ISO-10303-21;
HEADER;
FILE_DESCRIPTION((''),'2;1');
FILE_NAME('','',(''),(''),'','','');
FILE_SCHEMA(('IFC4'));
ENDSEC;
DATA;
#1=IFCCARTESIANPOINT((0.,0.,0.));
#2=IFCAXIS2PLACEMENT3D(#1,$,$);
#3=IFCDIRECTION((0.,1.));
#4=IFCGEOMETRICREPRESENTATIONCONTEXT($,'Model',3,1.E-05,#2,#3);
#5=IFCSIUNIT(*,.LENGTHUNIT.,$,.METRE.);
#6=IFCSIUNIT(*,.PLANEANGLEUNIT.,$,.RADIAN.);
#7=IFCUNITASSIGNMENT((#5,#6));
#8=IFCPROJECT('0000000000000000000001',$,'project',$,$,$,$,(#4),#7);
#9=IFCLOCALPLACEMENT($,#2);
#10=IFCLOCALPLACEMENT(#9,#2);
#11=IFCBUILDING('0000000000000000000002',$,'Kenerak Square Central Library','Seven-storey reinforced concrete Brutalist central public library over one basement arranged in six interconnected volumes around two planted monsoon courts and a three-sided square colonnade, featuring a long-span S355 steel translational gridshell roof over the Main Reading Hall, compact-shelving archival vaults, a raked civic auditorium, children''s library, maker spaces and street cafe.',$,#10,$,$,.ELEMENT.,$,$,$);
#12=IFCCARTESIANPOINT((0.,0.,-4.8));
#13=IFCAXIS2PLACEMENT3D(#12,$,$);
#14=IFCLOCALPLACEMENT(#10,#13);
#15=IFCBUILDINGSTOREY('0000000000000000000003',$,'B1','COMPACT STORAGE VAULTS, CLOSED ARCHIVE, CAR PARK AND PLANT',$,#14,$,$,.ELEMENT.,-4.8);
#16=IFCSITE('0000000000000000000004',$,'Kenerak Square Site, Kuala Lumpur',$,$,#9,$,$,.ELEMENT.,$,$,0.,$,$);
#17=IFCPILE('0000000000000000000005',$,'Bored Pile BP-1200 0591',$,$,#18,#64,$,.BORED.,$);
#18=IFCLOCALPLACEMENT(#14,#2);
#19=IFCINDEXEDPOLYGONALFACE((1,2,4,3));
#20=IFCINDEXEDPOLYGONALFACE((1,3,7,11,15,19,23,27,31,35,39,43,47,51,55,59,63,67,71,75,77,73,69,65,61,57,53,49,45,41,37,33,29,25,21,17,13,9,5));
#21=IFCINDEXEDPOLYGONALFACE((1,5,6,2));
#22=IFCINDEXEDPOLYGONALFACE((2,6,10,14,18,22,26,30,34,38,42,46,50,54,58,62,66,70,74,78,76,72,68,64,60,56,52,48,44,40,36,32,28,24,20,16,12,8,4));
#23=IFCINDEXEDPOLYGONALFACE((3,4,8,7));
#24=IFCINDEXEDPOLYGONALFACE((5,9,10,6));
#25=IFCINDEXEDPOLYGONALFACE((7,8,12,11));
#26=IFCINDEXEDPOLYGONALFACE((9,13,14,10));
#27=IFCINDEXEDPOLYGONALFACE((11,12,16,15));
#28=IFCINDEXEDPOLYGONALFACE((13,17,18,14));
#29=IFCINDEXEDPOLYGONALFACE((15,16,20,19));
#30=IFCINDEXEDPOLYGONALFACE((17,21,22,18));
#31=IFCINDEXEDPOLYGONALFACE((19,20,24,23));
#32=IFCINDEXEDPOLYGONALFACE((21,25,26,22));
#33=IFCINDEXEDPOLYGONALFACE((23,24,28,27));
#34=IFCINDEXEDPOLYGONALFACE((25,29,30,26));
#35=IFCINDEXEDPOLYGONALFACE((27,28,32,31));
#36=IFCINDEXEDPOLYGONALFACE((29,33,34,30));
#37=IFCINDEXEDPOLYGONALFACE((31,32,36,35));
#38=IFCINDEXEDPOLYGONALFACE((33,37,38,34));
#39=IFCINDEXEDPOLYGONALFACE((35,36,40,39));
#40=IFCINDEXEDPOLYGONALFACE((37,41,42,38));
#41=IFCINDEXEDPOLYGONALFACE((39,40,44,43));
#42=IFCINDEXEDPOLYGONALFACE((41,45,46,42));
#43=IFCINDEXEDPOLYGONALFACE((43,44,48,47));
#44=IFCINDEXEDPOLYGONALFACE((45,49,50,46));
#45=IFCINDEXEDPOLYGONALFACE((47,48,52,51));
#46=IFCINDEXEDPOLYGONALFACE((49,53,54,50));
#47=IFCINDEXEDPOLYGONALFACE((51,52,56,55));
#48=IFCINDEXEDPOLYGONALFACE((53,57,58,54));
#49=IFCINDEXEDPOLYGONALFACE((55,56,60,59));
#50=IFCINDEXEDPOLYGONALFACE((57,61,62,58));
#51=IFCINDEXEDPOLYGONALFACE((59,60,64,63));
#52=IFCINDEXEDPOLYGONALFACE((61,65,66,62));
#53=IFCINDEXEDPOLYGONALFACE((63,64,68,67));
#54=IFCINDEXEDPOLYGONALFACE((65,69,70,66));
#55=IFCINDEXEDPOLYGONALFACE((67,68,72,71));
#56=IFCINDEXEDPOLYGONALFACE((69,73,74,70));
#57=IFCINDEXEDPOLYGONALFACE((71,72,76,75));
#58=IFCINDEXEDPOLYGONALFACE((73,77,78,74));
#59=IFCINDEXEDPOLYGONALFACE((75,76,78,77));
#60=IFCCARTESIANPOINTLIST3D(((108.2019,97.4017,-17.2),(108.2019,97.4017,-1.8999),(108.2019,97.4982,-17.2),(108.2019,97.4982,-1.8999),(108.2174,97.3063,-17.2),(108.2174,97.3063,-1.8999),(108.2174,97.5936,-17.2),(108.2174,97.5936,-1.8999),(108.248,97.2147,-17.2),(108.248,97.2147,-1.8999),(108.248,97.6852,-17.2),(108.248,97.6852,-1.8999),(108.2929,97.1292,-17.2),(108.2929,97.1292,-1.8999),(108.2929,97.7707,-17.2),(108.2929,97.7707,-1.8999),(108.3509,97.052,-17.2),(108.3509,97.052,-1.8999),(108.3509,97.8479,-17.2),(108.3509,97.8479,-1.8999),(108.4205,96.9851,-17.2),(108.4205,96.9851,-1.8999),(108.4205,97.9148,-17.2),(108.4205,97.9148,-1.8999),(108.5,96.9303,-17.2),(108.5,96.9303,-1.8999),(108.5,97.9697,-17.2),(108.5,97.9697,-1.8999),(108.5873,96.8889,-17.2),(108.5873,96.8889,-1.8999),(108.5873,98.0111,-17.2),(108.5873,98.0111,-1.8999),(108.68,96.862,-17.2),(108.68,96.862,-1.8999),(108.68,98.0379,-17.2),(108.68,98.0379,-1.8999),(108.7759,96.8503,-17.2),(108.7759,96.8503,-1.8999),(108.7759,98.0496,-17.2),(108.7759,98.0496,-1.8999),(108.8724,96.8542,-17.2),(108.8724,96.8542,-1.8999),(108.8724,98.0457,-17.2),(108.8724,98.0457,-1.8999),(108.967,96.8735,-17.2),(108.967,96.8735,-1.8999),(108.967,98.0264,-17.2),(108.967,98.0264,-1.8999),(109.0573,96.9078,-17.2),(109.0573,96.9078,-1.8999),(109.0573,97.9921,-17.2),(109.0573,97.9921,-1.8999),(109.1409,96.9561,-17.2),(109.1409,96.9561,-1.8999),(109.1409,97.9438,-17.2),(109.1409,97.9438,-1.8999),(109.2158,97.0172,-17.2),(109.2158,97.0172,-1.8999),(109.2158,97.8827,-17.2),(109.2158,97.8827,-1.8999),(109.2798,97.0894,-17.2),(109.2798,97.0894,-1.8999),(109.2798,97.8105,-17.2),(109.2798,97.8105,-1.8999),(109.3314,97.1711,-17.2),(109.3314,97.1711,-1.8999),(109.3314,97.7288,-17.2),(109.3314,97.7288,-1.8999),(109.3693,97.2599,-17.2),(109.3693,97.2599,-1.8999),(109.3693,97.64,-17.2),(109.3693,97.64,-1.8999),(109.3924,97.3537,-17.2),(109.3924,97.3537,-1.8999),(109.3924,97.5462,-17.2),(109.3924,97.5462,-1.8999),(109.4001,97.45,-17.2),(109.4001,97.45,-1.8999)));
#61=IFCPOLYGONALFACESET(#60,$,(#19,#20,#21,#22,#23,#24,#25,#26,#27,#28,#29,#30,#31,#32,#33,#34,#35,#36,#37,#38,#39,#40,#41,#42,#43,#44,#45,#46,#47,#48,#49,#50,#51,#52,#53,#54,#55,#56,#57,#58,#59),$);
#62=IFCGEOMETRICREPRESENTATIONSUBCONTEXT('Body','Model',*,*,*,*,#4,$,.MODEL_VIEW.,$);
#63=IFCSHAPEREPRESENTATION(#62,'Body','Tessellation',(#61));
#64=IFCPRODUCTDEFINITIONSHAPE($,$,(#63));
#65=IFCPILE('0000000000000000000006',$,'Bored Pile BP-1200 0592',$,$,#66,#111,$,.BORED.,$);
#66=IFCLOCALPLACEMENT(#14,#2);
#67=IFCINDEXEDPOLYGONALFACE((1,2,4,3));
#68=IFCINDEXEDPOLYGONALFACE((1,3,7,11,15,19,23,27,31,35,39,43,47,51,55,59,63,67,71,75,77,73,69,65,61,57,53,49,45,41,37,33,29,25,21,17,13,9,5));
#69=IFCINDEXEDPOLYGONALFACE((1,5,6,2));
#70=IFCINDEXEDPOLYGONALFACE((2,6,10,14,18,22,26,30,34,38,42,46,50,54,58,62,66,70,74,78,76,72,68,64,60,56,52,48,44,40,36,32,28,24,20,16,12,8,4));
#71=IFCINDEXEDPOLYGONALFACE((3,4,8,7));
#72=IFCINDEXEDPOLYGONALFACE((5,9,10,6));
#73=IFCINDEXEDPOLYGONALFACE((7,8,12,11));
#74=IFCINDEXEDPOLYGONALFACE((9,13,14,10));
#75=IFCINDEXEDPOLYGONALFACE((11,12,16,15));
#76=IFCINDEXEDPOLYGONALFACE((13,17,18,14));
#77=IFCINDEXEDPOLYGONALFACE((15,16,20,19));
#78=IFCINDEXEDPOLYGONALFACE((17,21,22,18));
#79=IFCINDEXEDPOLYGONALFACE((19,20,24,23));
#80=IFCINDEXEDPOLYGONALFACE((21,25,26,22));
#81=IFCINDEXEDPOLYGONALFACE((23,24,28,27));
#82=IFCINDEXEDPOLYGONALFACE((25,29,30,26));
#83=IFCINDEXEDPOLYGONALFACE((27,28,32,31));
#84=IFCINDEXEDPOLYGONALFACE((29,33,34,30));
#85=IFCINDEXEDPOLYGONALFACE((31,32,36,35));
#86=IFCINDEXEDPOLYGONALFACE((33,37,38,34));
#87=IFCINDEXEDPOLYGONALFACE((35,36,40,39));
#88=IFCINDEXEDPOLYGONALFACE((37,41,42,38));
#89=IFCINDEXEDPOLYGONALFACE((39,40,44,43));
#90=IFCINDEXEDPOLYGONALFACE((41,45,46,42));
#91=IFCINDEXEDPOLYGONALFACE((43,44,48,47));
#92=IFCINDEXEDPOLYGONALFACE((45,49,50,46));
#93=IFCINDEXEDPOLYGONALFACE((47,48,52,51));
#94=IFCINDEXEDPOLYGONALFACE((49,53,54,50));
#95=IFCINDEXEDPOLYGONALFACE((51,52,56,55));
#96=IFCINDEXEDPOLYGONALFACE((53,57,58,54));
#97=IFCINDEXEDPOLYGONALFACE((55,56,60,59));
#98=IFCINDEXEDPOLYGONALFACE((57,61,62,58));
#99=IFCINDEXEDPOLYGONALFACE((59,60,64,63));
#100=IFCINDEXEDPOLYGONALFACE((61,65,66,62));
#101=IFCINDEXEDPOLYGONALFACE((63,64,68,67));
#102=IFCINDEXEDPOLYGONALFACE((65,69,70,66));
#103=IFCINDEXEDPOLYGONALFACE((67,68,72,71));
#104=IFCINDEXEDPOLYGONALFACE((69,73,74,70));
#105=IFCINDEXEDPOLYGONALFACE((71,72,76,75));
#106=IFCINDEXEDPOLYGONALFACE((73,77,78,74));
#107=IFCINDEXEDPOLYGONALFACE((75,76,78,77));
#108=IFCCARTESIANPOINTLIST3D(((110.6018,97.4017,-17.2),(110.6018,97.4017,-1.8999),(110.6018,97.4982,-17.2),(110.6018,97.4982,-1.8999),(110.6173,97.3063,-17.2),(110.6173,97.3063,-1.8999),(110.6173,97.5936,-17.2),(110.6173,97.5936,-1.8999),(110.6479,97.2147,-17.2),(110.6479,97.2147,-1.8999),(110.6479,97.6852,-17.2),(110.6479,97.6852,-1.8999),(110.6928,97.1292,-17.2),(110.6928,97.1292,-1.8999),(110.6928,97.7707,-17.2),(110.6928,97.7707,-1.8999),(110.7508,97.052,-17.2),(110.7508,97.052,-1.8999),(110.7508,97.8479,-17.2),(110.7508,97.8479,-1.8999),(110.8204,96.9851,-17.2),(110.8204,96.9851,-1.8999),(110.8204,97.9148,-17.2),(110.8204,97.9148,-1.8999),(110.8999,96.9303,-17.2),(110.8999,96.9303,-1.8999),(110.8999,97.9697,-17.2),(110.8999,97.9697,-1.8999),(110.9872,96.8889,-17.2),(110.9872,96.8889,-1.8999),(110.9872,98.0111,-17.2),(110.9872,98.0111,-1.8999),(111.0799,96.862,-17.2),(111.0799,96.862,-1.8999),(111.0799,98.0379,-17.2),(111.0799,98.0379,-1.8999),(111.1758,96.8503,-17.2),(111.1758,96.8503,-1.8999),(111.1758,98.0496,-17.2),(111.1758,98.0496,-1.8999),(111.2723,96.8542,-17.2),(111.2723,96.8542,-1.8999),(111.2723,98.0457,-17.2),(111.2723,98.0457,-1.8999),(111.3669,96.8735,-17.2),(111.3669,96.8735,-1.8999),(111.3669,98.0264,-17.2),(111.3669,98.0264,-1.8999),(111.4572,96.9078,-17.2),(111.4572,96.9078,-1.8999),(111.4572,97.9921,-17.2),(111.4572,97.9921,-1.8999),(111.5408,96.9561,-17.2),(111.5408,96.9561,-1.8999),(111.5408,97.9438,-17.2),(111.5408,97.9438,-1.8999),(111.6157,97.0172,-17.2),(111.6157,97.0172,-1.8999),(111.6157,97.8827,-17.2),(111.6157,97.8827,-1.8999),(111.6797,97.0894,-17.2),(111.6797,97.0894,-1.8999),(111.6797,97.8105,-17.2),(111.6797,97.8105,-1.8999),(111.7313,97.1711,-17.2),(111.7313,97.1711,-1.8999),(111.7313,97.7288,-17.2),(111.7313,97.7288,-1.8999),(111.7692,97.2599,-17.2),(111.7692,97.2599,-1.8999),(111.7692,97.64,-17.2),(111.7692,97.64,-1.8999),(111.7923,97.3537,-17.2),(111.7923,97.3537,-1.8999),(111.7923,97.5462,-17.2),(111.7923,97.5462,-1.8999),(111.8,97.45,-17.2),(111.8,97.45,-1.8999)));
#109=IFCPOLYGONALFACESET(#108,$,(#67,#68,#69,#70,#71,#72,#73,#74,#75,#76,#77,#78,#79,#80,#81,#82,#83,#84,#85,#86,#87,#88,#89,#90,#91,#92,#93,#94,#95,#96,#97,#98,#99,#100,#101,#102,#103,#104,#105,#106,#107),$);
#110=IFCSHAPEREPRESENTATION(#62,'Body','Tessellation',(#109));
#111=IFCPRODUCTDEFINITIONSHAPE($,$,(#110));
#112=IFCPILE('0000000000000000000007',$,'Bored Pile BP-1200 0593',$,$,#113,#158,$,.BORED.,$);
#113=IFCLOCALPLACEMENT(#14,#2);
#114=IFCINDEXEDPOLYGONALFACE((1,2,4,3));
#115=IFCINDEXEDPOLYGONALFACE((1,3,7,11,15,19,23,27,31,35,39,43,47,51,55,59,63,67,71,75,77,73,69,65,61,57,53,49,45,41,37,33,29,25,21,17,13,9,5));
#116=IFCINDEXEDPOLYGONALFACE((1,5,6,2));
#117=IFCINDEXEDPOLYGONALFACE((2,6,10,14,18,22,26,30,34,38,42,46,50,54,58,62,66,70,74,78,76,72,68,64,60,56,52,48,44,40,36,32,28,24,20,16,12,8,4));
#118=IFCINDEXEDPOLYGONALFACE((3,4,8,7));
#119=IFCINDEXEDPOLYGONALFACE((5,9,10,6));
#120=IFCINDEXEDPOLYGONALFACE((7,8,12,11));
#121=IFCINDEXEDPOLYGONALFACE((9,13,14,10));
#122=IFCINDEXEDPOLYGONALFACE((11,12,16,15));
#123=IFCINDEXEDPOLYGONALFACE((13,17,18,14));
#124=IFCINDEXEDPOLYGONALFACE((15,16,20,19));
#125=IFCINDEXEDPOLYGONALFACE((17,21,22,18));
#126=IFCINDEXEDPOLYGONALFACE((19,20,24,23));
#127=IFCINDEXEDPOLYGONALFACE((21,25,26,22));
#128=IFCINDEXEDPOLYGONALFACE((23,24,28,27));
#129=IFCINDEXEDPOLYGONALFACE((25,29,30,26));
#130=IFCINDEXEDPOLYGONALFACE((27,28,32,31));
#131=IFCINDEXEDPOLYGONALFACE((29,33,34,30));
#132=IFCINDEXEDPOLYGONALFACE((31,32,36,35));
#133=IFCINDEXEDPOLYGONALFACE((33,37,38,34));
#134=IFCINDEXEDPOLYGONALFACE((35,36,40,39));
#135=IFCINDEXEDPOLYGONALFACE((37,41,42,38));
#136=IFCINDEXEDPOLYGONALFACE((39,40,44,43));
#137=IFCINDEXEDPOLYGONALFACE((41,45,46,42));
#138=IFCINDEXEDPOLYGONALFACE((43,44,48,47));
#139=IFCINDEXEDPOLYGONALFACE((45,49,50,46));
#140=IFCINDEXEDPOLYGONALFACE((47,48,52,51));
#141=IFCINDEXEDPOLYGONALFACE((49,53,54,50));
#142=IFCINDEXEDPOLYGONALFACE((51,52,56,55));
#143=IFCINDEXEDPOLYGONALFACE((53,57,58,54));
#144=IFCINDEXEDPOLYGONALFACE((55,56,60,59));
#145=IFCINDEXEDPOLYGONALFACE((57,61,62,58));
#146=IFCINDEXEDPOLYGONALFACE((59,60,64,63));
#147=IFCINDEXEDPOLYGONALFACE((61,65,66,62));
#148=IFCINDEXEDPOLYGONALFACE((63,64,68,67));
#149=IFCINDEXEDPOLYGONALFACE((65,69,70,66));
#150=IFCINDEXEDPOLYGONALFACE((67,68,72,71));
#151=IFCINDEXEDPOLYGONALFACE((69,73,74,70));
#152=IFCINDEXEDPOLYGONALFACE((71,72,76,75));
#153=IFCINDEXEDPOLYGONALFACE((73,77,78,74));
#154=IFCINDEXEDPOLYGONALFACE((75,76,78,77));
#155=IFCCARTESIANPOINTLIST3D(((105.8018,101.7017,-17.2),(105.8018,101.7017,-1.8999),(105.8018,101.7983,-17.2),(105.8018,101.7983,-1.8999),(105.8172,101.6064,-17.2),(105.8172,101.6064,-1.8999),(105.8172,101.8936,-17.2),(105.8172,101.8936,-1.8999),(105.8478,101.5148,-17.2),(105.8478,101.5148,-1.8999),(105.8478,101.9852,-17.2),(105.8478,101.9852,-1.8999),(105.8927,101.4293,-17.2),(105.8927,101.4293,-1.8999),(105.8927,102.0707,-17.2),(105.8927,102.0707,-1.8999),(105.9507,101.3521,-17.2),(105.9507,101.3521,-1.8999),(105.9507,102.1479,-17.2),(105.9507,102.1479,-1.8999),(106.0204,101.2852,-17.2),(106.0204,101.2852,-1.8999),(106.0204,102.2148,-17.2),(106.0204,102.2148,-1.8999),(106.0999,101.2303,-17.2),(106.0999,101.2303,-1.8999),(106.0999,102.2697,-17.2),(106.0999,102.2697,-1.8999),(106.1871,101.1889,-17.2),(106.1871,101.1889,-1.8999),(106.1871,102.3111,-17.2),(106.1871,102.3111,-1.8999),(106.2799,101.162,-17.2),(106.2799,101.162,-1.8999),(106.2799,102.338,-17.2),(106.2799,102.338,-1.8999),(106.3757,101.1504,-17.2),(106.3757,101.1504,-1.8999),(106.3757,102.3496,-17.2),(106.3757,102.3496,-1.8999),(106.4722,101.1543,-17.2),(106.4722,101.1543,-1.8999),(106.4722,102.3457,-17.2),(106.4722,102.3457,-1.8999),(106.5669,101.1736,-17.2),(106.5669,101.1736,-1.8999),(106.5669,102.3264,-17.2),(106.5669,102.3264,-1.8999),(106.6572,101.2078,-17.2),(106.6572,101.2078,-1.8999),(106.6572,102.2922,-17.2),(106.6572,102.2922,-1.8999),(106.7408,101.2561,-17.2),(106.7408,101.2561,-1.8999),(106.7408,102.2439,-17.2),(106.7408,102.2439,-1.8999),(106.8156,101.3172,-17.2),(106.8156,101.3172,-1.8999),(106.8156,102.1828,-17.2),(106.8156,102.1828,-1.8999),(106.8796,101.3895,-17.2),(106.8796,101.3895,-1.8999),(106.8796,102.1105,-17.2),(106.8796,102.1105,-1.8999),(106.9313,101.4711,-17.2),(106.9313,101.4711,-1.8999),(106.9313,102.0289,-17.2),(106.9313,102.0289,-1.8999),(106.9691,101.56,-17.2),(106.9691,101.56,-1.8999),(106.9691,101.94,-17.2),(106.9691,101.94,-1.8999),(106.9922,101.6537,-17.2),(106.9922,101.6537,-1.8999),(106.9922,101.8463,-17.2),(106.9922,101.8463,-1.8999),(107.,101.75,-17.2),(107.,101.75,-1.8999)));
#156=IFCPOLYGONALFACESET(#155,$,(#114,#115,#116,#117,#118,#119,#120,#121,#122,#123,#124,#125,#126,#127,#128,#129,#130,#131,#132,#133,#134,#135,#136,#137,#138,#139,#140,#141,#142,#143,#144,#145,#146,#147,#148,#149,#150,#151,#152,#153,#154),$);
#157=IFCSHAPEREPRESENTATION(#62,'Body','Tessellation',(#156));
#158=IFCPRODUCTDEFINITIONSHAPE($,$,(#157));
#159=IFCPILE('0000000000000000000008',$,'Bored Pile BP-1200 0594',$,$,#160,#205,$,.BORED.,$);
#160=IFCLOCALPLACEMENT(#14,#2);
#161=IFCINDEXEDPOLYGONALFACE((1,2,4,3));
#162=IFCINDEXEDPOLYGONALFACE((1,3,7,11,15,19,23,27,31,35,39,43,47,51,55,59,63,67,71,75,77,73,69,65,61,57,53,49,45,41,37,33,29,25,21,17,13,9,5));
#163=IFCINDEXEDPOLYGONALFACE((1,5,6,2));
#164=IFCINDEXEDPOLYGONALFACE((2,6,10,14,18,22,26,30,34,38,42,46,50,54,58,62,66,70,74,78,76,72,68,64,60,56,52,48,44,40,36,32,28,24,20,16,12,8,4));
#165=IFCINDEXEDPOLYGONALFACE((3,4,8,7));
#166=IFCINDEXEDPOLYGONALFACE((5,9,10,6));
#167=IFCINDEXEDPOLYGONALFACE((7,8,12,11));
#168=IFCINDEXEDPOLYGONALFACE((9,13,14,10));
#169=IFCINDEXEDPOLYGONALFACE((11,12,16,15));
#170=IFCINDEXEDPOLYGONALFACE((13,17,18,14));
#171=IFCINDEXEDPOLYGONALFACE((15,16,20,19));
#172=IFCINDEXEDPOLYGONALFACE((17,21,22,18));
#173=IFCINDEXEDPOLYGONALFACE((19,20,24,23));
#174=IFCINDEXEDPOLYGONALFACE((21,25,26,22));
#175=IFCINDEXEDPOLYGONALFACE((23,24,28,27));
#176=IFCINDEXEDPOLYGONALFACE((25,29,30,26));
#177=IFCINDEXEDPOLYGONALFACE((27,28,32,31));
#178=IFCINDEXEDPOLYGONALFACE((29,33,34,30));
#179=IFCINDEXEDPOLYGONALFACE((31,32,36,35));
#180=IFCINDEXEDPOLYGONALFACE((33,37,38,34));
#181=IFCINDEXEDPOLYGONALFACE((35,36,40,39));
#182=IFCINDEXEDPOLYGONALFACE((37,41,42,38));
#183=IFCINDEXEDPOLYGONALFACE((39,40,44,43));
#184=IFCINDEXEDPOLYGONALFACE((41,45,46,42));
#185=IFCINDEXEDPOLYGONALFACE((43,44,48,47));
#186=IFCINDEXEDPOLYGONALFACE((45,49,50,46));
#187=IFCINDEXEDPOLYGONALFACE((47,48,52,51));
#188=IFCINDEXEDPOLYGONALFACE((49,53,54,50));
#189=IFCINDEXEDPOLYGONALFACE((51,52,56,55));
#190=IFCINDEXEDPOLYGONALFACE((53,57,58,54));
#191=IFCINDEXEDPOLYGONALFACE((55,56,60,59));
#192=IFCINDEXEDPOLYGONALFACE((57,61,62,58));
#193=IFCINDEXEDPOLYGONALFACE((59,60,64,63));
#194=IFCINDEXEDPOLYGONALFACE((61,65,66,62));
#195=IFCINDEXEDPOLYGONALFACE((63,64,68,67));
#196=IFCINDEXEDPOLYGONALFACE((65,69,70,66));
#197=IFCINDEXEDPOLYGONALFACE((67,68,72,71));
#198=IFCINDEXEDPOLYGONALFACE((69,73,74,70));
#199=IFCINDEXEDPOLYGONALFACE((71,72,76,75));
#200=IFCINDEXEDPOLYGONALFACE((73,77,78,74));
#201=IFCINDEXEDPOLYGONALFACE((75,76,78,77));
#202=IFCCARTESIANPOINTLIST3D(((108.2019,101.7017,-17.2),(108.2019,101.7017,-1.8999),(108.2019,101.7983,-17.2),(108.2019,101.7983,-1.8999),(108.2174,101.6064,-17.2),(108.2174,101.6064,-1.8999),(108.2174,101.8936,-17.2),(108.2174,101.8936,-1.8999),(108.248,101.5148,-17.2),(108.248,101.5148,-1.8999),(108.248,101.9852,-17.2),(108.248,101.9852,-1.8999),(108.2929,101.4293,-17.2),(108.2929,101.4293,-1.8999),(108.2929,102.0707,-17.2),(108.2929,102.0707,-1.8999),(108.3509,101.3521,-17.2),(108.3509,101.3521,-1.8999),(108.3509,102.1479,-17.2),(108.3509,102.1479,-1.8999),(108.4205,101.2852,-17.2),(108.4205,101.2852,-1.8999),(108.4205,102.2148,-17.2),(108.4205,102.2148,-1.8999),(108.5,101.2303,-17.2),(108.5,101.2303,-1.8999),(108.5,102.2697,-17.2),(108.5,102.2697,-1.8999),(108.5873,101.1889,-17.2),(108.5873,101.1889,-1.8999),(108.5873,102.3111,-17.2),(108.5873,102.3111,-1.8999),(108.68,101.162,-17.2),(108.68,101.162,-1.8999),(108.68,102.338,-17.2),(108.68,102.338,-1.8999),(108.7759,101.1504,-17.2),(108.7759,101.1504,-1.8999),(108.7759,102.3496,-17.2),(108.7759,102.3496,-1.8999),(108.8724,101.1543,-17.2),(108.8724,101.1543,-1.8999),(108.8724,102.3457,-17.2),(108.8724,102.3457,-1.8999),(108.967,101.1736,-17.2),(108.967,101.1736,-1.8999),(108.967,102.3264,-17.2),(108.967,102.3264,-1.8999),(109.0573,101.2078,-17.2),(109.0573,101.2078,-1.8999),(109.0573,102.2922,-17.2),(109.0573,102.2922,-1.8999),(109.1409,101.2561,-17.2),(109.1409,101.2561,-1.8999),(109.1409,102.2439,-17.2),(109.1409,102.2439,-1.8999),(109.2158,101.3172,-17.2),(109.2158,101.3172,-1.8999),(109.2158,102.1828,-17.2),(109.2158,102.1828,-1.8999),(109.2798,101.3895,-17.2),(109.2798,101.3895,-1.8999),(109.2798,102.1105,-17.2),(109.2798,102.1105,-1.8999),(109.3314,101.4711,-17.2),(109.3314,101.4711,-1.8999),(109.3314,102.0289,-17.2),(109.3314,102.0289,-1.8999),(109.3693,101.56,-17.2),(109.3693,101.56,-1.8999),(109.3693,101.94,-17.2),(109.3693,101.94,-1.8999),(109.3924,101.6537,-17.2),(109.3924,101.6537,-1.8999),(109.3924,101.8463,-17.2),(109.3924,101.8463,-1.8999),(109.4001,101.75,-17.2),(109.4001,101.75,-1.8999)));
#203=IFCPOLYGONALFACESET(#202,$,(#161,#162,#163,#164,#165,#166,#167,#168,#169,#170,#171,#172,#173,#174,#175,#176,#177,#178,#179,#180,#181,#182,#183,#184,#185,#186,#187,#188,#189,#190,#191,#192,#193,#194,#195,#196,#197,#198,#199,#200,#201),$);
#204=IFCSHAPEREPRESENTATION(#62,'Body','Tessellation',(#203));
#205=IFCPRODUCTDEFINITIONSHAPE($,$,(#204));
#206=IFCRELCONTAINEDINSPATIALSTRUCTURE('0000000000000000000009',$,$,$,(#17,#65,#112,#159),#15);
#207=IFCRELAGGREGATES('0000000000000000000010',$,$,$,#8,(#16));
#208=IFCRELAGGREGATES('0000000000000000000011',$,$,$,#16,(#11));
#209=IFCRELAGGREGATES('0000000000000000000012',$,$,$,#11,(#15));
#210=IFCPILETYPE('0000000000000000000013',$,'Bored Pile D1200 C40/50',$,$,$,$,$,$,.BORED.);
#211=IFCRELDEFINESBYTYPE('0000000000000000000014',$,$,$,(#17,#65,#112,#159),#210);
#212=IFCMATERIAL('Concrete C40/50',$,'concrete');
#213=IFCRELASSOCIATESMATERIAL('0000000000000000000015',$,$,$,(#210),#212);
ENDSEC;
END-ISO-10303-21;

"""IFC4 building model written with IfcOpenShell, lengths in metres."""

from ifc_helpers import new_model, si_unit, direction, frame, origin, origin_2d, place, context, subcontext, project, spatial, circle, extrude, material, material_profile, profile_set, type_object, element, save


model = new_model("IFC4")

# Units and contexts
model_context = context("Model", 3, precision=1e-05, world=origin(), true_north=direction((0.0, 1.0)))
body_context = subcontext(model_context, "Body", "Model", "MODEL_VIEW")
ifc_project = project(units=[si_unit("LENGTHUNIT", "METRE"), si_unit("PLANEANGLEUNIT", "RADIAN")], contexts=[model_context])

# Site, building, storey
site_placement = place(None, origin())
site = spatial("IfcSite", under=ifc_project, at=site_placement, Name="Kenerak Square Site, Kuala Lumpur", CompositionType="ELEMENT", RefElevation=0.0)
building_placement = place(site_placement, origin())
building = spatial("IfcBuilding", under=site, at=building_placement, Name="Kenerak Square Central Library", Description="Seven-storey reinforced concrete Brutalist central public library over one basement arranged in six interconnected volumes around two planted monsoon courts and a three-sided square colonnade, featuring a long-span S355 steel translational gridshell roof over the Main Reading Hall, compact-shelving archival vaults, a raked civic auditorium, children's library, maker spaces and street cafe.", CompositionType="ELEMENT")
storey_placement = place(building_placement, frame((0.0, 0.0, -4.8)))
storey = spatial("IfcBuildingStorey", under=building, at=storey_placement, Name="B1", Description="COMPACT STORAGE VAULTS, CLOSED ARCHIVE, CAR PARK AND PLANT", CompositionType="ELEMENT", Elevation=-4.8)

# Piles
ifc_material_1 = material(Name="Concrete C40/50", Category="concrete")
ifc_material_profile = material_profile(ifc_material_1, circle(Radius=0.6001, at=origin_2d()), Name="BP D1200")
ifc_profile_set = profile_set([ifc_material_profile], Name="Concrete C40/50")
pile_type = type_object("IfcPileType", Name="Bored Pile D1200 C40/50", PredefinedType="BORED", material=ifc_profile_set)
for number, where, z_axis, x_axis, name in (
    (1, (108.8, 97.45, -1.8999), (0.0, 0.0, -1.0), (1.0, 0.0, 0.0), "Bored Pile BP-1200 0591"),
    (2, (111.2, 97.45, -1.8999), (0.0, 0.0, -1.0), (1.0, 0.0, 0.0), "Bored Pile BP-1200 0592"),
    (3, (106.3999, 101.75, -1.8999), (0.0, 0.0, -1.0), (1.0, 0.0, 0.0), "Bored Pile BP-1200 0593"),
    (4, (108.8, 101.75, -1.8999), (0.0, 0.0, -1.0), (1.0, 0.0, 0.0), "Bored Pile BP-1200 0594"),
):
    element("IfcPile", number, at=place(storey_placement, frame(where, z_axis=z_axis, x_axis=x_axis)), inside=storey, type_object=pile_type, Name=name, PredefinedType="BORED", context=body_context, shape_type="SweptSolid", body=[
        extrude(circle(Radius=0.6001, at=origin_2d()), origin(), (0.0, 0.0, 1.0), 15.3),
    ])

save(model, "model.ifc")
